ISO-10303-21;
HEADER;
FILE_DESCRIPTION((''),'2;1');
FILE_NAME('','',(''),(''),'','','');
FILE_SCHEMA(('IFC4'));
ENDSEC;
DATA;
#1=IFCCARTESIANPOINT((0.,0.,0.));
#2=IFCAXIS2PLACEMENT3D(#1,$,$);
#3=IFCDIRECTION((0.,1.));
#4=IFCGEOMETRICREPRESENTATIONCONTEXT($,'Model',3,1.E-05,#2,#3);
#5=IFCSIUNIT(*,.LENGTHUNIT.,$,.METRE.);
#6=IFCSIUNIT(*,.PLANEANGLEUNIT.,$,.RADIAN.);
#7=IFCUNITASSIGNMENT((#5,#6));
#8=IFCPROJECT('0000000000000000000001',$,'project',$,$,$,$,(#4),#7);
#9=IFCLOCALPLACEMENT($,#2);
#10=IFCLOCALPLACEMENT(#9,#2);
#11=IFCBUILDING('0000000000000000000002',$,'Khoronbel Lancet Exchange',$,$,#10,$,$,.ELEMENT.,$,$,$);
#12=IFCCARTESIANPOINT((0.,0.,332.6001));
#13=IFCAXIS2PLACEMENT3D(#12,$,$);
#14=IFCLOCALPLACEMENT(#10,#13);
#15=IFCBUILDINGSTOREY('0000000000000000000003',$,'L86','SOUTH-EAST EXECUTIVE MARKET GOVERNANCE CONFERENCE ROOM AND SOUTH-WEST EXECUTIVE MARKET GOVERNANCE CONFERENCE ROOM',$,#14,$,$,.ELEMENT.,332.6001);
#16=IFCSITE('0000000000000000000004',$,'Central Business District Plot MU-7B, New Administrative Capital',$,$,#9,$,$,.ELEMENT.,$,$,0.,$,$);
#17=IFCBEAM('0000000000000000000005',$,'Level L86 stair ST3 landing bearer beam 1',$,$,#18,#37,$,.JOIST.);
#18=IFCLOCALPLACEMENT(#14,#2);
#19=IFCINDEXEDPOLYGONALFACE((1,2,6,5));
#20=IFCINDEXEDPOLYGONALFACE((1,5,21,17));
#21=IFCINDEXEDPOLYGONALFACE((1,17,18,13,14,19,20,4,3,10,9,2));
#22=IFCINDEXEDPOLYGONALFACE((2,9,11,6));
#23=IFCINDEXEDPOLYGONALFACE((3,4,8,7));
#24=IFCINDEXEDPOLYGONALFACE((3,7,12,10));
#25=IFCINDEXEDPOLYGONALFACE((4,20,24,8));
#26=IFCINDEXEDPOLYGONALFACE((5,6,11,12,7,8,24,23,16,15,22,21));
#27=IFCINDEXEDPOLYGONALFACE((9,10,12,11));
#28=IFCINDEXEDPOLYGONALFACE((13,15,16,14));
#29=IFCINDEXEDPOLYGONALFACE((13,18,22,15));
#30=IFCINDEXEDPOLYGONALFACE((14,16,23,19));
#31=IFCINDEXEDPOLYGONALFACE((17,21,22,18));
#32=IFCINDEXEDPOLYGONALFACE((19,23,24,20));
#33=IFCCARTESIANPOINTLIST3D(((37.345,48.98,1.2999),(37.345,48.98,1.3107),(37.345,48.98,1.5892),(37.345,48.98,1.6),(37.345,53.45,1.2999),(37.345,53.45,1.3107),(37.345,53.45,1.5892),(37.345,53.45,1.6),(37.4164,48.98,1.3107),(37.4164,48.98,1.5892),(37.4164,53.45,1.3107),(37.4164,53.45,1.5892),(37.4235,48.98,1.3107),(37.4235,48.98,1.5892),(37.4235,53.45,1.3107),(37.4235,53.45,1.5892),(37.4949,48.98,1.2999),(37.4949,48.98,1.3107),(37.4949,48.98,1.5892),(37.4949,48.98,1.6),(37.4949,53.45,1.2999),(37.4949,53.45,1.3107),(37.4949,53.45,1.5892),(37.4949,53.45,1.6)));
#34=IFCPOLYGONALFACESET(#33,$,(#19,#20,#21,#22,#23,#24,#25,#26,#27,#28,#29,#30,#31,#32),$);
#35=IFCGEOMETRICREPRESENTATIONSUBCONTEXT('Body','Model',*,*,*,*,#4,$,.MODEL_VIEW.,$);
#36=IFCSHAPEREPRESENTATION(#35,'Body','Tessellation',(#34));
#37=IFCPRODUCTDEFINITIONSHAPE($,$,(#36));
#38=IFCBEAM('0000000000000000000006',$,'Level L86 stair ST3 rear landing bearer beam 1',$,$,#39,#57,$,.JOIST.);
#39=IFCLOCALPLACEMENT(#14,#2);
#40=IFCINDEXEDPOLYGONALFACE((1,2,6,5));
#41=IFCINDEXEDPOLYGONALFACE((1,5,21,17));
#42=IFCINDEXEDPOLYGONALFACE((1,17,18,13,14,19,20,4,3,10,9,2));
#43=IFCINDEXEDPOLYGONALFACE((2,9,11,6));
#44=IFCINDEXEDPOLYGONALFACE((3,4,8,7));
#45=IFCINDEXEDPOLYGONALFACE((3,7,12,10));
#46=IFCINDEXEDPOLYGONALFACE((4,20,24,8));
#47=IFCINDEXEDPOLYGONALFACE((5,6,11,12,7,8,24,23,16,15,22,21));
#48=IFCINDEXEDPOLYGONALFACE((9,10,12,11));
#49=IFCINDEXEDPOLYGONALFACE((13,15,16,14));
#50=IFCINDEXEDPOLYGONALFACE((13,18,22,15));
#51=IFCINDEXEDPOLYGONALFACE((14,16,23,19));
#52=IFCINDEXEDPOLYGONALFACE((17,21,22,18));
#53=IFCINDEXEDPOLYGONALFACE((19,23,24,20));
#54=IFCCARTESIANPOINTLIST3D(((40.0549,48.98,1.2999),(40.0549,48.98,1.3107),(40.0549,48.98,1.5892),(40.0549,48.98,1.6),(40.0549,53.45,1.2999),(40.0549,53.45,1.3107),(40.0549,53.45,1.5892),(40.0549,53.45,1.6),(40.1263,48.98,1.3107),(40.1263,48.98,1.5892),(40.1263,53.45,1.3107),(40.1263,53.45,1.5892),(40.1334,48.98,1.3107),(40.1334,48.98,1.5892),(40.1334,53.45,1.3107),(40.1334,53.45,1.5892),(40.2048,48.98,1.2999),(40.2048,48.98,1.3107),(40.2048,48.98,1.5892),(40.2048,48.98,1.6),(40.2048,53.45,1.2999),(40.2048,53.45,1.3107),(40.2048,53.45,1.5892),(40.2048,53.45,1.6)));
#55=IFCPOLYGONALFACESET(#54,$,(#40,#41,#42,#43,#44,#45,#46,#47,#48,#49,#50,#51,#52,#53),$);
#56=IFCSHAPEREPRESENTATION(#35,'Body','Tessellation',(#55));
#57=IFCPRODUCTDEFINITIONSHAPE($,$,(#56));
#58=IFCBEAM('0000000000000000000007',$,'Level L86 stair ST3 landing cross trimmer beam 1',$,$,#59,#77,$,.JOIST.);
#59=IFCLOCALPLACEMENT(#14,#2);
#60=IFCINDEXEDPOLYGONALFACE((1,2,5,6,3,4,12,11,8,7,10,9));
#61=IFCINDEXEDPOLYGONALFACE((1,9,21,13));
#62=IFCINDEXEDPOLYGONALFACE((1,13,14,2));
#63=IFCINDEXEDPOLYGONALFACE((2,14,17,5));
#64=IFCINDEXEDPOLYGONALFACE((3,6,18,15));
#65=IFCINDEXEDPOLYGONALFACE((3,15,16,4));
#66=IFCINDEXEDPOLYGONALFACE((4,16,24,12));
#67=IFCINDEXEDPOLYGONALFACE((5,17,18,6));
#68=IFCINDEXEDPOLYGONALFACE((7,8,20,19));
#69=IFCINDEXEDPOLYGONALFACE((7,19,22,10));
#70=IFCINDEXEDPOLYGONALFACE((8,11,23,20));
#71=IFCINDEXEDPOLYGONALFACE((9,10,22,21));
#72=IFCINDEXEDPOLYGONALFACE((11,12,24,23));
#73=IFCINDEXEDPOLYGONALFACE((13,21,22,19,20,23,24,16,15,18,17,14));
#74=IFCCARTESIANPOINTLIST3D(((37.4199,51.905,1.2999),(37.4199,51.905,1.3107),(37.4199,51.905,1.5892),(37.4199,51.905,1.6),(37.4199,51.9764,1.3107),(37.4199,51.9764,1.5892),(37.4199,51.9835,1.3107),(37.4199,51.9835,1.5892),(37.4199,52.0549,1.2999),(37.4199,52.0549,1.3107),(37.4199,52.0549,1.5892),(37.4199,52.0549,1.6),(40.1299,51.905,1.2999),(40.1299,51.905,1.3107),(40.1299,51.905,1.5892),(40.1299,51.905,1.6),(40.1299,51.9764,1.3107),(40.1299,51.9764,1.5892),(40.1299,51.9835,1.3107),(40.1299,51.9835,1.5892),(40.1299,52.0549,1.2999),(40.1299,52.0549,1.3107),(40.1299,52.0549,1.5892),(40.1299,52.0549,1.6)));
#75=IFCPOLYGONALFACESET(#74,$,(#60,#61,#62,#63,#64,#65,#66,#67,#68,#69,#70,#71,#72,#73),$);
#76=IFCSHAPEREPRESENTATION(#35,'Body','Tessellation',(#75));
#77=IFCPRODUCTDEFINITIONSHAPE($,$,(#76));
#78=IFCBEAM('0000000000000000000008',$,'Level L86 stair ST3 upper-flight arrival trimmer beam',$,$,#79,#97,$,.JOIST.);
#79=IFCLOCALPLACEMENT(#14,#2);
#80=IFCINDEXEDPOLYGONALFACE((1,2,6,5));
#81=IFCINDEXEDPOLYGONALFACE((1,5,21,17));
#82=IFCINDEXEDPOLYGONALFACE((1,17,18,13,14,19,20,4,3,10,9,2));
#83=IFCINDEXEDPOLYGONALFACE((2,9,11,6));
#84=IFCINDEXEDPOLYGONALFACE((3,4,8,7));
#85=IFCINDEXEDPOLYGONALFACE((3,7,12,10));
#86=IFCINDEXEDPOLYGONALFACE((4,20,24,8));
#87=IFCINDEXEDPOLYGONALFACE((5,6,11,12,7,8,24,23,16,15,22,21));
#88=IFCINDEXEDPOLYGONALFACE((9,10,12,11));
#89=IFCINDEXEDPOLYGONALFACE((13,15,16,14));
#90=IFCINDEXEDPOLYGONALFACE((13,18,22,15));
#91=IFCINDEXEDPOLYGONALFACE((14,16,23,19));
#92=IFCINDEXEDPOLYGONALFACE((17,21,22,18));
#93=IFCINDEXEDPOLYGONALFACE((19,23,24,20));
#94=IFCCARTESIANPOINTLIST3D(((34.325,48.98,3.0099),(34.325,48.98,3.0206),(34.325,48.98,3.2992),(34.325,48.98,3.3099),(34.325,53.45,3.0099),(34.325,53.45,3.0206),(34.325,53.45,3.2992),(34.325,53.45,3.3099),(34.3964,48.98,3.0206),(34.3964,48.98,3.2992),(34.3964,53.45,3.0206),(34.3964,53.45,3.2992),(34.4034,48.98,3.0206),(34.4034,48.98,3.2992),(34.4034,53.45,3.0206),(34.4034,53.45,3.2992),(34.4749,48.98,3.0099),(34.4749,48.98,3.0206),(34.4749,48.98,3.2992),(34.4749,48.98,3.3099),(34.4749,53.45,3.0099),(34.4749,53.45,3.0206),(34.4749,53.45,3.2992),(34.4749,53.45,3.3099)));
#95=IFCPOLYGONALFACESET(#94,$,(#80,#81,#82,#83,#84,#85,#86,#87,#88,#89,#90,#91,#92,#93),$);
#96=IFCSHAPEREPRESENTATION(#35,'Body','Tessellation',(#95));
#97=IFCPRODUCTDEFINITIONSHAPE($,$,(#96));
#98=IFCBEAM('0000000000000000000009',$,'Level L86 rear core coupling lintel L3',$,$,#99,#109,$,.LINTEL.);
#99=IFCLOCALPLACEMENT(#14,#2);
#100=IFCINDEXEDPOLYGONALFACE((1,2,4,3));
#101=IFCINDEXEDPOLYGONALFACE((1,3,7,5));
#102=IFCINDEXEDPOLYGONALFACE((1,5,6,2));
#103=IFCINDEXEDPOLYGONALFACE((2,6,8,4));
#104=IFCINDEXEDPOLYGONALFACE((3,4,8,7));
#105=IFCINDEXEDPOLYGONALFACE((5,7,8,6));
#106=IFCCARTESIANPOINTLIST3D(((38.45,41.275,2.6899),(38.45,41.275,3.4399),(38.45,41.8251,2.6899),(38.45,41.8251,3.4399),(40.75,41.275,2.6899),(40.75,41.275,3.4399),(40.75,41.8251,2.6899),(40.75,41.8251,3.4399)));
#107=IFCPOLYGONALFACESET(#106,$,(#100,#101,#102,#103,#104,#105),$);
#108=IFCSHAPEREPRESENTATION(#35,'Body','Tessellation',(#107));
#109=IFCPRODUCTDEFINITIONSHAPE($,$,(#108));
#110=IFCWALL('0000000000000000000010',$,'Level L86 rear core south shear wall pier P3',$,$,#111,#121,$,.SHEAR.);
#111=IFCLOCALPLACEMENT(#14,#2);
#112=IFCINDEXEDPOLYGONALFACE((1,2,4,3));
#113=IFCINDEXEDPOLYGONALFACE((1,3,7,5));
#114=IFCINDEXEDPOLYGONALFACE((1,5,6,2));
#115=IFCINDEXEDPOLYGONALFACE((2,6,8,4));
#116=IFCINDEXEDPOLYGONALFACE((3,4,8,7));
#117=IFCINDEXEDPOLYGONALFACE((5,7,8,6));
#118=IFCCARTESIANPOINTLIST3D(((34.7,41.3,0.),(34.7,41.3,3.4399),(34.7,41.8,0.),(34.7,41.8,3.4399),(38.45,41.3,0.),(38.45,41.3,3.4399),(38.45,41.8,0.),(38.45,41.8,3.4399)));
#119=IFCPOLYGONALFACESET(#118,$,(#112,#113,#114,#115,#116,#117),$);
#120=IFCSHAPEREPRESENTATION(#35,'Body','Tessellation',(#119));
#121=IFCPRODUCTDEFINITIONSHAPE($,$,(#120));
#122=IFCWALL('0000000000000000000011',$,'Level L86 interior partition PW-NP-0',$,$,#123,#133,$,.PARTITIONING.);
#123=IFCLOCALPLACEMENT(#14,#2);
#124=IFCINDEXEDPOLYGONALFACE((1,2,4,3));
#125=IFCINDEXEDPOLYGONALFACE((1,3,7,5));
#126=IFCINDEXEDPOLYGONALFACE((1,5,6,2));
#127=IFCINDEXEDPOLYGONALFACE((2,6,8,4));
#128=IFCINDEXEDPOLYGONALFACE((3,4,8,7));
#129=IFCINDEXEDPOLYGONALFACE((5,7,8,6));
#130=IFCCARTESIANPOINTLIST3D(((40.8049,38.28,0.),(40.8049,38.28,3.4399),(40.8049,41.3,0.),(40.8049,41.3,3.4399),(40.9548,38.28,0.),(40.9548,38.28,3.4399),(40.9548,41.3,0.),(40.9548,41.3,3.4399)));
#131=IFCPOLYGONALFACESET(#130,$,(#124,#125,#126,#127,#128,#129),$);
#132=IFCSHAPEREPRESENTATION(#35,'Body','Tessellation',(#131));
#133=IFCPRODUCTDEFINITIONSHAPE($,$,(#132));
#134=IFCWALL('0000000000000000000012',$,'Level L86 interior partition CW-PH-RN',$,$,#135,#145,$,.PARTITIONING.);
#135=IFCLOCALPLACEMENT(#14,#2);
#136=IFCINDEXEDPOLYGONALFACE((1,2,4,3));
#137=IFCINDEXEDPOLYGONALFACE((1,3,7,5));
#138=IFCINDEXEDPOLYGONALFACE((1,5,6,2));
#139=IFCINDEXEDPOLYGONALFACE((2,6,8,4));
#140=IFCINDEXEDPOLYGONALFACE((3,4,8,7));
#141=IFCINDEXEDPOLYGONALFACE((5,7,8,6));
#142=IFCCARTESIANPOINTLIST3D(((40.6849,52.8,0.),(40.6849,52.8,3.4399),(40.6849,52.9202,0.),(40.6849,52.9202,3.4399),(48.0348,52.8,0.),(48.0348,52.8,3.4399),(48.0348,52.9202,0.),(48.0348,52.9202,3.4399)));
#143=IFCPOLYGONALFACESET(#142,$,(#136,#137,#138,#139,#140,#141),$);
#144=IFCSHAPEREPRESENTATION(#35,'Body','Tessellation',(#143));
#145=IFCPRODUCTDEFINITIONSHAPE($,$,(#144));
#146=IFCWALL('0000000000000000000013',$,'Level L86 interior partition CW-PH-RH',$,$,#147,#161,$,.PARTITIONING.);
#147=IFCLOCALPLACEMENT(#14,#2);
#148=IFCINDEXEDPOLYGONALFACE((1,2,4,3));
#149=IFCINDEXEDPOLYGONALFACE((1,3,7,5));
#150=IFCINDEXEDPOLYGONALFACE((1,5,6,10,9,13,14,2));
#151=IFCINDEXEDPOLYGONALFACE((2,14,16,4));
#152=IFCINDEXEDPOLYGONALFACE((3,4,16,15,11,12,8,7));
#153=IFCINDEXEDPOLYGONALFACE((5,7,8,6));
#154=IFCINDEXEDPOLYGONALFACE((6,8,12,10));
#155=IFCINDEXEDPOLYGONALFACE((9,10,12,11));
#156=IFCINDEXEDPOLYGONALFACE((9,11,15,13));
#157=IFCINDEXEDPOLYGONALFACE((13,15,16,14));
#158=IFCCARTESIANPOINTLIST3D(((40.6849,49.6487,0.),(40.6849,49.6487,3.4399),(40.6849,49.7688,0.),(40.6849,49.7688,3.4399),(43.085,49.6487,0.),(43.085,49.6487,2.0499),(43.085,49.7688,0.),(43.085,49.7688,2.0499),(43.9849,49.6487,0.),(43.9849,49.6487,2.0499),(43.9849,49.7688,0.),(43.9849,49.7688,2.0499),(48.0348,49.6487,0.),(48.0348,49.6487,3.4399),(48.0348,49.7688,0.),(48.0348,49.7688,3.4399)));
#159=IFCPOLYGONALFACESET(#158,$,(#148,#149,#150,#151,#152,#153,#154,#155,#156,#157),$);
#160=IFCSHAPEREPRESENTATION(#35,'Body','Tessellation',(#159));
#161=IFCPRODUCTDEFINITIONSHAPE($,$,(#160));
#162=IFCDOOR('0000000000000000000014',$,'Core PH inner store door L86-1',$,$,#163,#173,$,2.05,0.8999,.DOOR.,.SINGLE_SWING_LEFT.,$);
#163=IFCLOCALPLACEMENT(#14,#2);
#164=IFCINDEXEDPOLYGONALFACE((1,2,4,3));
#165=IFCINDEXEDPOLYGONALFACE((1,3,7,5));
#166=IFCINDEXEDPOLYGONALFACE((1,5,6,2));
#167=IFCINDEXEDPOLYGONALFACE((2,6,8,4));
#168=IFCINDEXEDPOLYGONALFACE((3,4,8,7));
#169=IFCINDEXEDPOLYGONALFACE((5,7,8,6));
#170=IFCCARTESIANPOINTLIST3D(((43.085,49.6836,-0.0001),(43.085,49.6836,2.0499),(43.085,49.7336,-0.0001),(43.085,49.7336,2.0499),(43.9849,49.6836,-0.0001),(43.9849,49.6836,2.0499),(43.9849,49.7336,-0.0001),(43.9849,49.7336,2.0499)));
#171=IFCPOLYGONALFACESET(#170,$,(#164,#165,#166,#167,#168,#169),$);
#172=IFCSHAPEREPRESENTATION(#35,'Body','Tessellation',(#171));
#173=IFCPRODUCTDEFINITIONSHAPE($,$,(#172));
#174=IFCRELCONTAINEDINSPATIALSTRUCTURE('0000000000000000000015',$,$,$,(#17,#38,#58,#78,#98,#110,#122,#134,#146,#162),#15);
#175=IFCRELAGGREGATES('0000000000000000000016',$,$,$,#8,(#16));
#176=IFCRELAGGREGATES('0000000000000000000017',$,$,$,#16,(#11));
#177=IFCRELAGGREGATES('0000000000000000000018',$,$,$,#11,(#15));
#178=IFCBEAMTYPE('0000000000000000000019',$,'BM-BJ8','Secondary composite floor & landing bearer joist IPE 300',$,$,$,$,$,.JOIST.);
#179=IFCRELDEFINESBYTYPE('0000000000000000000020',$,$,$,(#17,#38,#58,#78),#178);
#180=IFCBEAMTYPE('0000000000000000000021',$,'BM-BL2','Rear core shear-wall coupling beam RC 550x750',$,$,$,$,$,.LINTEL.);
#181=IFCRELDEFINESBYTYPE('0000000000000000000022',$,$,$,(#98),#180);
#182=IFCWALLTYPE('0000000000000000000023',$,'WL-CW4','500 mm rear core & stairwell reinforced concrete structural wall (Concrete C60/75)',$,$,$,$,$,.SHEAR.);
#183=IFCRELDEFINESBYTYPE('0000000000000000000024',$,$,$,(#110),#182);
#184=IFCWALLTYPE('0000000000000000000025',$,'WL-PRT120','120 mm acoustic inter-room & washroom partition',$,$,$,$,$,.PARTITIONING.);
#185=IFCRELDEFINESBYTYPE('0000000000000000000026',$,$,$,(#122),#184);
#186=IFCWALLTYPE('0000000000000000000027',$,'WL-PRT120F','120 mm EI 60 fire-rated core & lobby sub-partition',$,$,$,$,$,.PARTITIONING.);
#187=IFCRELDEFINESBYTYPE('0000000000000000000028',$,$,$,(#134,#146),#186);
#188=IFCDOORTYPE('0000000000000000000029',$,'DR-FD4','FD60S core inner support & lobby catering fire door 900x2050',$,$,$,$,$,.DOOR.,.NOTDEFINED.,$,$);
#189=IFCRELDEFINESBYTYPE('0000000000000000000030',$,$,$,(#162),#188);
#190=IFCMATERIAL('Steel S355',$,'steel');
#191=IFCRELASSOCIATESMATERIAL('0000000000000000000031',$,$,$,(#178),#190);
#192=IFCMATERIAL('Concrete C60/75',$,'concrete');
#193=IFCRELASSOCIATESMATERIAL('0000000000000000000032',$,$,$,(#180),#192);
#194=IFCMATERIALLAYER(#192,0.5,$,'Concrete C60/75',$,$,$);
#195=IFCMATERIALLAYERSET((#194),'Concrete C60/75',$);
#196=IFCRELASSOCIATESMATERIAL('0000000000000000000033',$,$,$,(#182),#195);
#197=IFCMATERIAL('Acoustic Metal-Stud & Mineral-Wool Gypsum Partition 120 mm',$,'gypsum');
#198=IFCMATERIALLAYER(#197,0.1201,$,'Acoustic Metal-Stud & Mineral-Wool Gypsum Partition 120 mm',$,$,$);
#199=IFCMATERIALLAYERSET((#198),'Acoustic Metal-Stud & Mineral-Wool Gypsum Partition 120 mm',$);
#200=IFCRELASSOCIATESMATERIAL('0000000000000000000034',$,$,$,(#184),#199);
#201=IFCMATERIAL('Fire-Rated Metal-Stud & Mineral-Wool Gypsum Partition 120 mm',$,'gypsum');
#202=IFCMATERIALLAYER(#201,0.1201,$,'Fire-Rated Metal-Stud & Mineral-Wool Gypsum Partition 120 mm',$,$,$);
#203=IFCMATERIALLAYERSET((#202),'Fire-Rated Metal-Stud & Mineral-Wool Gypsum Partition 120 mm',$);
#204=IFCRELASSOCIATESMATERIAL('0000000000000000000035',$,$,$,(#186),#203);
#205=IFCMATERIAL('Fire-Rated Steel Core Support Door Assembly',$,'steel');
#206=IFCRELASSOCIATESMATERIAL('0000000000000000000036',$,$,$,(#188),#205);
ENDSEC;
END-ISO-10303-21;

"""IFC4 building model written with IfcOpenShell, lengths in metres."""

from ifc_helpers import new_model, si_unit, direction, frame, frame_2d, origin, origin_2d, place, context, subcontext, project, spatial, rectangle, i_section, extrude, material, layer, layer_set, material_profile, profile_set, type_object, element, fill, save


model = new_model("IFC4")

# Units and contexts
model_context = context("Model", 3, precision=1e-05, world=origin(), true_north=direction((0.0, 1.0)))
body_context = subcontext(model_context, "Body", "Model", "MODEL_VIEW")
ifc_project = project(units=[si_unit("LENGTHUNIT", "METRE"), si_unit("PLANEANGLEUNIT", "RADIAN")], contexts=[model_context])

# Site, building, storey
site_placement = place(None, origin())
site = spatial("IfcSite", under=ifc_project, at=site_placement, Name="Central Business District Plot MU-7B, New Administrative Capital", CompositionType="ELEMENT", RefElevation=0.0)
building_placement = place(site_placement, origin())
building = spatial("IfcBuilding", under=site, at=building_placement, Name="Khoronbel Lancet Exchange", CompositionType="ELEMENT")
storey_placement = place(building_placement, frame((0.0, 0.0, 332.6001)))
storey = spatial("IfcBuildingStorey", under=building, at=storey_placement, Name="L86", Description="SOUTH-EAST EXECUTIVE MARKET GOVERNANCE CONFERENCE ROOM AND SOUTH-WEST EXECUTIVE MARKET GOVERNANCE CONFERENCE ROOM", CompositionType="ELEMENT", Elevation=332.6001)

# Beams
ifc_material_1 = material(Name="Steel S355", Category="steel")
ifc_material_profile_1 = material_profile(ifc_material_1, i_section(OverallWidth=0.1499, OverallDepth=0.3, WebThickness=0.0071, FlangeThickness=0.0107, at=origin_2d()), Name="IPE 300")
ifc_profile_set_1 = profile_set([ifc_material_profile_1], Name="Steel S355")
beam_type_1 = type_object("IfcBeamType", Name="BM-BJ8", Description="Secondary composite floor & landing bearer joist IPE 300", PredefinedType="JOIST", material=ifc_profile_set_1)
for number, where, z_axis, x_axis, name in (
    (1, (37.4199, 48.98, 1.45), (0.0, 1.0, 0.0), (-1.0, 0.0, 0.0), "Level L86 stair ST3 landing bearer beam 1"),
    (2, (40.1299, 48.98, 1.45), (0.0, 1.0, 0.0), (-1.0, 0.0, 0.0), "Level L86 stair ST3 rear landing bearer beam 1"),
):
    element("IfcBeam", number, at=place(storey_placement, frame(where, z_axis=z_axis, x_axis=x_axis)), inside=storey, type_object=beam_type_1, Name=name, PredefinedType="JOIST", context=body_context, shape_type="SweptSolid", body=[
        extrude(i_section(OverallWidth=0.1499, OverallDepth=0.3, WebThickness=0.0071, FlangeThickness=0.0107, at=origin_2d()), origin(), (0.0, 0.0, 1.0), 4.47),
    ])
beam_1_placement = place(storey_placement, frame((37.4199, 51.98, 1.45), z_axis=(1.0, 0.0, 0.0), x_axis=(0.0, 1.0, 0.0)))
element("IfcBeam", 3, at=beam_1_placement, inside=storey, type_object=beam_type_1, Name="Level L86 stair ST3 landing cross trimmer beam 1", PredefinedType="JOIST", context=body_context, shape_type="SweptSolid", body=[
    extrude(i_section(OverallWidth=0.1499, OverallDepth=0.3, WebThickness=0.0071, FlangeThickness=0.0107, at=origin_2d()), origin(), (0.0, 0.0, 1.0), 2.71),
])
beam_2_placement = place(storey_placement, frame((34.3999, 48.98, 3.1599), z_axis=(0.0, 1.0, 0.0), x_axis=(-1.0, 0.0, 0.0)))
element("IfcBeam", 4, at=beam_2_placement, inside=storey, type_object=beam_type_1, Name="Level L86 stair ST3 upper-flight arrival trimmer beam", PredefinedType="JOIST", context=body_context, shape_type="SweptSolid", body=[
    extrude(i_section(OverallWidth=0.1499, OverallDepth=0.3, WebThickness=0.0071, FlangeThickness=0.0107, at=origin_2d()), origin(), (0.0, 0.0, 1.0), 4.47),
])
ifc_material_2 = material(Name="Concrete C60/75", Category="concrete")
ifc_material_profile_2 = material_profile(ifc_material_2, rectangle(XDim=0.55, YDim=0.75, at=origin_2d()), Name="RC 550x750")
ifc_profile_set_2 = profile_set([ifc_material_profile_2], Name="Concrete C60/75")
beam_type_2 = type_object("IfcBeamType", Name="BM-BL2", Description="Rear core shear-wall coupling beam RC 550x750", PredefinedType="LINTEL", material=ifc_profile_set_2)
beam_3_placement = place(storey_placement, frame((38.45, 41.55, 3.0649), z_axis=(1.0, 0.0, 0.0), x_axis=(0.0, 1.0, 0.0)))
element("IfcBeam", 5, at=beam_3_placement, inside=storey, type_object=beam_type_2, Name="Level L86 rear core coupling lintel L3", PredefinedType="LINTEL", context=body_context, shape_type="SweptSolid", body=[
    extrude(rectangle(XDim=0.55, YDim=0.75, at=origin_2d()), origin(), (0.0, 0.0, 1.0), 2.3),
])

# Walls
ifc_layer_1 = layer(ifc_material_2, 0.5, Name="Concrete C60/75")
ifc_layer_set_1 = layer_set([ifc_layer_1], Name="Concrete C60/75")
wall_type_1 = type_object("IfcWallType", Name="WL-CW4", Description="500 mm rear core & stairwell reinforced concrete structural wall (Concrete C60/75)", PredefinedType="SHEAR", material=ifc_layer_set_1)
wall_1_placement = place(storey_placement, frame((38.45, 41.55, 0.0), z_axis=(0.0, 0.0, 1.0), x_axis=(-1.0, 0.0, 0.0)))
element("IfcWall", 6, at=wall_1_placement, inside=storey, type_object=wall_type_1, Name="Level L86 rear core south shear wall pier P3", PredefinedType="SHEAR", context=body_context, shape_type="SweptSolid", body=[
    extrude(rectangle(XDim=3.75, YDim=0.5, at=frame_2d((1.875, 0.0))), origin(), (0.0, 0.0, 1.0), 3.4399),
])
ifc_material_3 = material(Name="Acoustic Metal-Stud & Mineral-Wool Gypsum Partition 120 mm", Category="gypsum")
ifc_layer_2 = layer(ifc_material_3, 0.1201, Name="Acoustic Metal-Stud & Mineral-Wool Gypsum Partition 120 mm")
ifc_layer_set_2 = layer_set([ifc_layer_2], Name="Acoustic Metal-Stud & Mineral-Wool Gypsum Partition 120 mm")
wall_type_2 = type_object("IfcWallType", Name="WL-PRT120", Description="120 mm acoustic inter-room & washroom partition", PredefinedType="PARTITIONING", material=ifc_layer_set_2)
wall_2_placement = place(storey_placement, frame((40.8799, 38.28, 0.0), z_axis=(0.0, 0.0, 1.0), x_axis=(0.0, 1.0, 0.0)))
element("IfcWall", 7, at=wall_2_placement, inside=storey, type_object=wall_type_2, Name="Level L86 interior partition PW-NP-0", PredefinedType="PARTITIONING", context=body_context, shape_type="SweptSolid", body=[
    extrude(rectangle(XDim=3.02, YDim=0.1499, at=frame_2d((1.51, 0.0))), origin(), (0.0, 0.0, 1.0), 3.4399),
])
ifc_material_4 = material(Name="Fire-Rated Metal-Stud & Mineral-Wool Gypsum Partition 120 mm", Category="gypsum")
ifc_layer_3 = layer(ifc_material_4, 0.1201, Name="Fire-Rated Metal-Stud & Mineral-Wool Gypsum Partition 120 mm")
ifc_layer_set_3 = layer_set([ifc_layer_3], Name="Fire-Rated Metal-Stud & Mineral-Wool Gypsum Partition 120 mm")
wall_type_3 = type_object("IfcWallType", Name="WL-PRT120F", Description="120 mm EI 60 fire-rated core & lobby sub-partition", PredefinedType="PARTITIONING", material=ifc_layer_set_3)
wall_3_placement = place(storey_placement, frame((40.6851, 52.8601, 0.0), z_axis=(0.0, 0.0, 1.0), x_axis=(1.0, 0.0, 0.0)))
element("IfcWall", 8, at=wall_3_placement, inside=storey, type_object=wall_type_3, Name="Level L86 interior partition CW-PH-RN", PredefinedType="PARTITIONING", context=body_context, shape_type="SweptSolid", body=[
    extrude(rectangle(XDim=7.3499, YDim=0.1201, at=frame_2d((3.6748, 0.0))), origin(), (0.0, 0.0, 1.0), 3.4399),
])

# Wall, opening, door
wall_4_placement = place(storey_placement, frame((40.6851, 49.7087, 0.0), z_axis=(0.0, 0.0, 1.0), x_axis=(1.0, 0.0, 0.0)))
wall_4 = element("IfcWall", 9, at=wall_4_placement, inside=storey, type_object=wall_type_3, Name="Level L86 interior partition CW-PH-RH", PredefinedType="PARTITIONING", context=body_context, shape_type="SweptSolid", body=[
    extrude(rectangle(XDim=7.3499, YDim=0.1201, at=frame_2d((3.6748, 0.0))), origin(), (0.0, 0.0, 1.0), 3.4399),
])
opening_1_placement = place(wall_4_placement, frame((2.3999, 0.0, 0.0)))
opening_1 = element("IfcOpeningElement", 10, at=opening_1_placement, cuts=wall_4, PredefinedType="OPENING", context=body_context, shape_type="SweptSolid", body=[
    extrude(rectangle(XDim=0.8999, YDim=2.05, at=frame_2d((0.45, 1.0249))), frame((0.0, 0.0701, 0.0), z_axis=(0.0, -1.0, 0.0), x_axis=(1.0, 0.0, 0.0)), (0.0, 0.0, 1.0), 0.1401),
])
ifc_material_5 = material(Name="Fire-Rated Steel Core Support Door Assembly", Category="steel")
door_type_1 = type_object("IfcDoorType", Name="DR-FD4", Description="FD60S core inner support & lobby catering fire door 900x2050", OperationType="NOTDEFINED", PredefinedType="DOOR", material=ifc_material_5)
door_1_placement = place(opening_1_placement, origin())
door_1 = element("IfcDoor", 11, at=door_1_placement, inside=storey, type_object=door_type_1, Name="Core PH inner store door L86-1", OperationType="SINGLE_SWING_LEFT", OverallHeight=2.05, OverallWidth=0.8999, PredefinedType="DOOR", context=body_context, shape_type="SweptSolid", body=[
    extrude(rectangle(XDim=0.8999, YDim=2.05, at=frame_2d((0.45, 1.0249))), frame((0.0, 0.0249, 0.0), z_axis=(0.0, -1.0, 0.0), x_axis=(1.0, 0.0, 0.0)), (0.0, 0.0, 1.0), 0.05),
])
fill(opening_1, door_1)

save(model, "model.ifc")
